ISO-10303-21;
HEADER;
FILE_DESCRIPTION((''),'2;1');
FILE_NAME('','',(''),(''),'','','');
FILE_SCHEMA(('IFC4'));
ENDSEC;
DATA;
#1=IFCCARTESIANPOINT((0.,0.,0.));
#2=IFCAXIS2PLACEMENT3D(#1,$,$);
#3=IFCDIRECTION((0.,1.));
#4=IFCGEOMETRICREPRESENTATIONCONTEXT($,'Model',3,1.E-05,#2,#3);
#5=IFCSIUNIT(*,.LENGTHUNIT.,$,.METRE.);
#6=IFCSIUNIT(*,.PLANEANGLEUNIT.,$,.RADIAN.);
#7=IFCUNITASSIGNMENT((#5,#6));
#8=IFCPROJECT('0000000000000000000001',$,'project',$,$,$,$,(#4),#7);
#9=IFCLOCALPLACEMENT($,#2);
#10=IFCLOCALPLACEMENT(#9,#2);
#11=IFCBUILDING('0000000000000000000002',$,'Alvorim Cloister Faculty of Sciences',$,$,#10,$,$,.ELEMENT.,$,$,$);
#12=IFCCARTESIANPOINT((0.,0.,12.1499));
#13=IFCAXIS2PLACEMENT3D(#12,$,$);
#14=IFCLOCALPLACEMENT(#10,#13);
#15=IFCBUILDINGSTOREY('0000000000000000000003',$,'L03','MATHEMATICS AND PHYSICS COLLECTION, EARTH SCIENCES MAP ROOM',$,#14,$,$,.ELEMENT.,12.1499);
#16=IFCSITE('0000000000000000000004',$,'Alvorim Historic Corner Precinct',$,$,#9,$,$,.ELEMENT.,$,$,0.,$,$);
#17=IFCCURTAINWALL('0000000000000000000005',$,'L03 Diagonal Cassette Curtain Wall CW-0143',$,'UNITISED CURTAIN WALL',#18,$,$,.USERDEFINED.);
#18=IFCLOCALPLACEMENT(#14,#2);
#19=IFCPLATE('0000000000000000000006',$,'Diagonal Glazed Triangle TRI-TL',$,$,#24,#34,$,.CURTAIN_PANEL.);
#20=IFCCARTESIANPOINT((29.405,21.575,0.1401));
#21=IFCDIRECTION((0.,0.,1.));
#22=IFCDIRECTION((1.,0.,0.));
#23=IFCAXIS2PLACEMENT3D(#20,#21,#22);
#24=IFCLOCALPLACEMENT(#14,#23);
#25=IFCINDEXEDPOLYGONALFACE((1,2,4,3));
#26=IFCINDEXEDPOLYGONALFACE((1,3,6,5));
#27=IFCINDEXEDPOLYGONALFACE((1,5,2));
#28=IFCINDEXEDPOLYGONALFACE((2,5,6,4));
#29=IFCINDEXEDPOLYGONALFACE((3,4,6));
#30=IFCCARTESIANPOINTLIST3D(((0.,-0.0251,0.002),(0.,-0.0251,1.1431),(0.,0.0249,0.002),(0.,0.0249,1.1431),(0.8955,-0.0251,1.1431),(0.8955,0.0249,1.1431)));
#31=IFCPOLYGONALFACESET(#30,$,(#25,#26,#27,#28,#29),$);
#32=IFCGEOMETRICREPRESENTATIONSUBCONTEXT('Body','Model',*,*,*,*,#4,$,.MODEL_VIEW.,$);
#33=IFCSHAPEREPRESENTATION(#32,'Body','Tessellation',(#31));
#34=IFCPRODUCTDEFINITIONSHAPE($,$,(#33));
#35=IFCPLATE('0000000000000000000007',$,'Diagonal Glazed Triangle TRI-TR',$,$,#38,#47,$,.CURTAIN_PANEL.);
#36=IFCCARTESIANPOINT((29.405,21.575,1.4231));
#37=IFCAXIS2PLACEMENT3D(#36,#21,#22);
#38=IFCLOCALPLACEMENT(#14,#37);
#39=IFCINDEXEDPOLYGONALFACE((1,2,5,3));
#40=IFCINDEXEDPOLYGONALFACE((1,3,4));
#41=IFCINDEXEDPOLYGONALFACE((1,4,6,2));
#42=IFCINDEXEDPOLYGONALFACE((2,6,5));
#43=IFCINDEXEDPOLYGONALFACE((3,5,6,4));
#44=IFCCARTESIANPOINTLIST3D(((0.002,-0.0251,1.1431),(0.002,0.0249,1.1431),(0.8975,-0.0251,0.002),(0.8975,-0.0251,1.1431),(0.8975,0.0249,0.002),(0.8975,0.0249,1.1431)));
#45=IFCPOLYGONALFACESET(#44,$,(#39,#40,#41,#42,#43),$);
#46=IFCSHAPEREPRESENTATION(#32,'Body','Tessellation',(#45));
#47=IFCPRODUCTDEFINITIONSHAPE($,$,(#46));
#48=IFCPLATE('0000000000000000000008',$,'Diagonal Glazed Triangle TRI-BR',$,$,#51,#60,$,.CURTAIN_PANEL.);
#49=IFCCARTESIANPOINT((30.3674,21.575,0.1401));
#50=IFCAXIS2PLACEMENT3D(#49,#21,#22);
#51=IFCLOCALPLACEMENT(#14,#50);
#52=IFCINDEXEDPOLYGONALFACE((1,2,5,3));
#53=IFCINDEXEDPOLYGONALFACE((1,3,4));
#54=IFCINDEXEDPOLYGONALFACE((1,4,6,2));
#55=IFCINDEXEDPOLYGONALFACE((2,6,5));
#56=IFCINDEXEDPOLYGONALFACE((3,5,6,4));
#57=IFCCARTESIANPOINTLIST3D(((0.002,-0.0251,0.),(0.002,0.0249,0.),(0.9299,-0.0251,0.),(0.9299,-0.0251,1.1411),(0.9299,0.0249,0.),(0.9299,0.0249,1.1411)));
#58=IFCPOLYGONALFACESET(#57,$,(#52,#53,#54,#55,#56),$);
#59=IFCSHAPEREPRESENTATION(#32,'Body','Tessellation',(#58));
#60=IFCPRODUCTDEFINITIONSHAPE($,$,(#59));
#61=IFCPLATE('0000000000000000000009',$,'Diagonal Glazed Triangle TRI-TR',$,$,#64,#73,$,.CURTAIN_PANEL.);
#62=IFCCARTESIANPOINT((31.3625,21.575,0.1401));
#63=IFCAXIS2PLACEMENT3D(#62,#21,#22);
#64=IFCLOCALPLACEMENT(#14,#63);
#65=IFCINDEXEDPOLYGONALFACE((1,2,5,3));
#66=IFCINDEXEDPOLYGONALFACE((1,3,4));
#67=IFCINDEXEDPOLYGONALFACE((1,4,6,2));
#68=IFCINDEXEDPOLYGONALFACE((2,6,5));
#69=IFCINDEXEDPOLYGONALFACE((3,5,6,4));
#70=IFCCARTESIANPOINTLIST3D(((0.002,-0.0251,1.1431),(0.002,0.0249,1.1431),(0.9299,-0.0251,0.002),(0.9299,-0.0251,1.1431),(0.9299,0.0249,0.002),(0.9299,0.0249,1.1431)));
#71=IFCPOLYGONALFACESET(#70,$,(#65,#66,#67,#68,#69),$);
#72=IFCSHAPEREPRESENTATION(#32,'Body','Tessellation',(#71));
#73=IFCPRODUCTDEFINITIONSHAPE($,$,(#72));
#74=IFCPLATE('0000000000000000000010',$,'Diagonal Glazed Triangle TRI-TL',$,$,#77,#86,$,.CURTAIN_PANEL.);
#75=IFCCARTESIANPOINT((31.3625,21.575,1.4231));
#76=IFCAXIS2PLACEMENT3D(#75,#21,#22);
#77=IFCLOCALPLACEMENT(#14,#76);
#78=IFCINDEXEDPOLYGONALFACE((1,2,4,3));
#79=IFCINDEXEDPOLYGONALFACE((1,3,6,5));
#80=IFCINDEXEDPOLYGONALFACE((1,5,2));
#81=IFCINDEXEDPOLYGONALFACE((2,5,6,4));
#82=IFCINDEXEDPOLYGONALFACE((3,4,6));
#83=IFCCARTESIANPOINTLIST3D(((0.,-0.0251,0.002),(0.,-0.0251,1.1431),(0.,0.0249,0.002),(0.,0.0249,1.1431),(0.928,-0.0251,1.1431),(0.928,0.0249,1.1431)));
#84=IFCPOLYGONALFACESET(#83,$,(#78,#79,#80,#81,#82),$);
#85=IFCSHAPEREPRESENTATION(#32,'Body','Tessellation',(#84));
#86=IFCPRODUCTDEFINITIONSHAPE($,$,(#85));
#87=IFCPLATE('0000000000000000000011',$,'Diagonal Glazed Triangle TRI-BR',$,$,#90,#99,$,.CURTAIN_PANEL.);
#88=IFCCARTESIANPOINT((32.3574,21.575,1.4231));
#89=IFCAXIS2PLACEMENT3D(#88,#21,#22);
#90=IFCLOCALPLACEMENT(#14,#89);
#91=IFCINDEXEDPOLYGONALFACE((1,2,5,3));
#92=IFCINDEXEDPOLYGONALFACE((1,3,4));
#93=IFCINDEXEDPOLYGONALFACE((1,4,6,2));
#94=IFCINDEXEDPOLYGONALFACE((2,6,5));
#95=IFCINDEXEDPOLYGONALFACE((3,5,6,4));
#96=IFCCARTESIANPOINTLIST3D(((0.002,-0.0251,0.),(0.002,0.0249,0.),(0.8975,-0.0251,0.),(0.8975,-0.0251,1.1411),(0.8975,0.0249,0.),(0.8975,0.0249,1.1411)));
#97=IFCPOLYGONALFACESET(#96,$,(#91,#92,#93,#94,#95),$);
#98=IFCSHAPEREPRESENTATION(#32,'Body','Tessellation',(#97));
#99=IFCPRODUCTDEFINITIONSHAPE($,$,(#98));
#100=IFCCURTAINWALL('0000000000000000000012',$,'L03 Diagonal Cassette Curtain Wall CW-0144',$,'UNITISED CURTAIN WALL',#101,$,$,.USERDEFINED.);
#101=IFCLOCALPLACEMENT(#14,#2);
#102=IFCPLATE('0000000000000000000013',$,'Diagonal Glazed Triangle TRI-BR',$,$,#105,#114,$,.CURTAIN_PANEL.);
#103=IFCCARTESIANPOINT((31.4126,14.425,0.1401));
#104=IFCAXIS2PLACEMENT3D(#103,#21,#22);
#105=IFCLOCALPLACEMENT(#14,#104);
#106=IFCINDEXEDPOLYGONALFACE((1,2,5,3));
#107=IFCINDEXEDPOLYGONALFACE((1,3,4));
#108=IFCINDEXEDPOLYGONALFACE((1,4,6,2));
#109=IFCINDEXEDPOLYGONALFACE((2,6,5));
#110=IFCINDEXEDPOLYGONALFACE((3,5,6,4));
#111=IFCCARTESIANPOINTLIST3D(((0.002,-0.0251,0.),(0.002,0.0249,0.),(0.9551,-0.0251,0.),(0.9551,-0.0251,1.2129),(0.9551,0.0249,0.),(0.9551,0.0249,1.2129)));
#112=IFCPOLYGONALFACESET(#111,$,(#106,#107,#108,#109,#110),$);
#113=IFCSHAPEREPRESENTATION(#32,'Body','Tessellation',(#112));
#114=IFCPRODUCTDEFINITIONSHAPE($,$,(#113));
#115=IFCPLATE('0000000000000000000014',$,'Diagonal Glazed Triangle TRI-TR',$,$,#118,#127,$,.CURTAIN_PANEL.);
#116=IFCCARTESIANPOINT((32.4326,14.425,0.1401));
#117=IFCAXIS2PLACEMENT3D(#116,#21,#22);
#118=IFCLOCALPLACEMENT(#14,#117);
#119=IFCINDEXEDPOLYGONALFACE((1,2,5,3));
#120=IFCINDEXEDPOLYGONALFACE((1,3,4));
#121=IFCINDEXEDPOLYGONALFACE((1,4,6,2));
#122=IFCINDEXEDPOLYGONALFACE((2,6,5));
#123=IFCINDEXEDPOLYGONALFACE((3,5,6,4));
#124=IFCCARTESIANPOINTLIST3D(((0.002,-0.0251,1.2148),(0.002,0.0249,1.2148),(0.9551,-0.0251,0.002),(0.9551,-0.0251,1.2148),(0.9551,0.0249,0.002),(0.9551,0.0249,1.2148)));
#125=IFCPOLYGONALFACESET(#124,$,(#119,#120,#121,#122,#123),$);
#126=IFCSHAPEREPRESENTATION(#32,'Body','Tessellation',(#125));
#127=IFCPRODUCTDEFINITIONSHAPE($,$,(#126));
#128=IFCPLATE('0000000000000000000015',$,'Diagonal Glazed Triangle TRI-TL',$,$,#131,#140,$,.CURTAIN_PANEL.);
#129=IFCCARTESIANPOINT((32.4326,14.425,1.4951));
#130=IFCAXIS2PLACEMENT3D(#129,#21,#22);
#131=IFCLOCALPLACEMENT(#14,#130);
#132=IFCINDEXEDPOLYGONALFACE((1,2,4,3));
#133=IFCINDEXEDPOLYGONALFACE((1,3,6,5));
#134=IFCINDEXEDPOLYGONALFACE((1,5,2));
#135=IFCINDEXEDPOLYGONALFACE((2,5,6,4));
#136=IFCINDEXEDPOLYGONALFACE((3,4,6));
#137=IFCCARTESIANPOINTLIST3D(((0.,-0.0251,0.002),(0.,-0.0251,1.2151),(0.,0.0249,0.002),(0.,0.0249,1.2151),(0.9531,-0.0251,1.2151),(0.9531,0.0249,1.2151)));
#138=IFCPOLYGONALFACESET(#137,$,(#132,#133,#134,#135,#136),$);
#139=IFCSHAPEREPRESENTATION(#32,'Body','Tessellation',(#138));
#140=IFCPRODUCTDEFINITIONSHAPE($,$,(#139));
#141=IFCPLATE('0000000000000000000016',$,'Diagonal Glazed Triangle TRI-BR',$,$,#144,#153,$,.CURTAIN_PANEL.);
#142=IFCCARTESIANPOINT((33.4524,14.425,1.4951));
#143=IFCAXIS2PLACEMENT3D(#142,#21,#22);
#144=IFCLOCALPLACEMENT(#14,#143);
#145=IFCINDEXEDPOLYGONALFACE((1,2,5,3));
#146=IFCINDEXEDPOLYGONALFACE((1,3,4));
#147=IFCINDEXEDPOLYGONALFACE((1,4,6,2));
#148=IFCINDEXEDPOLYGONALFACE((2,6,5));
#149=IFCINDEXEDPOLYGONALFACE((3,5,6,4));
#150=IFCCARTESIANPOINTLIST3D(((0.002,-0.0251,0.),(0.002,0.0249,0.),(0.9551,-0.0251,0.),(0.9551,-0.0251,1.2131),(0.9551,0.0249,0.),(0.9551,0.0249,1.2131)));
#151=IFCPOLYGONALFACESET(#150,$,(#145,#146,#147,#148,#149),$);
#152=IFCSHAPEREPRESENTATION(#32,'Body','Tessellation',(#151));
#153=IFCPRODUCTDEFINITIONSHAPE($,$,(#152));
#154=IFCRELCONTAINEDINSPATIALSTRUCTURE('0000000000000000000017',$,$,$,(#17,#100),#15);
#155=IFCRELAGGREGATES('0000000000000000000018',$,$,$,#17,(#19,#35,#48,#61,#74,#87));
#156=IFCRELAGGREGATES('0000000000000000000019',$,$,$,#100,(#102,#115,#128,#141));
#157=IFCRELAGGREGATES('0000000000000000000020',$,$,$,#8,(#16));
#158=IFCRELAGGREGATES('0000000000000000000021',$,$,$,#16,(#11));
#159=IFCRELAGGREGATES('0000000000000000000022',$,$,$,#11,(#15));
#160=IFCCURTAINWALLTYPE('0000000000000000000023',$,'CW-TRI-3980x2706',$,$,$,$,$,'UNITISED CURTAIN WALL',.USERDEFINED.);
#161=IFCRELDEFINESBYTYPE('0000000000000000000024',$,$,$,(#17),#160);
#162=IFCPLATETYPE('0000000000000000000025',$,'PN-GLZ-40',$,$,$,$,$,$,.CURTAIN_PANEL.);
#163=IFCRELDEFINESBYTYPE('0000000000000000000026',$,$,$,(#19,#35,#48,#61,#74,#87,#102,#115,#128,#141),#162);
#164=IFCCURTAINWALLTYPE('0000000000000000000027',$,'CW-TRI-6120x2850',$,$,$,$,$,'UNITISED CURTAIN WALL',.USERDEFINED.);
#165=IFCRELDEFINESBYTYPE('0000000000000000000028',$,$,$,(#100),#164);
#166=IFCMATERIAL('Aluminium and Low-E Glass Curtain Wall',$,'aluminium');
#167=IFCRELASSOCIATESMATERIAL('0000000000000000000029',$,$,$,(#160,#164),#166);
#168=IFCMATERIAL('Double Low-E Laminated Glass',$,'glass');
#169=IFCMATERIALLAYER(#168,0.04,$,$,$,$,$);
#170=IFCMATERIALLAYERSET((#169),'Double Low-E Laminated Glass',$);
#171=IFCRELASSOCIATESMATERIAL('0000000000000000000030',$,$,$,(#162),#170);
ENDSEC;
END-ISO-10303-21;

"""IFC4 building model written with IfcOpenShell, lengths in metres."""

from ifc_helpers import new_model, si_unit, direction, frame, origin, place, context, subcontext, project, spatial, polyline, outline, extrude, material, layer, layer_set, type_object, element, aggregate, save


model = new_model("IFC4")

# Units and contexts
model_context = context("Model", 3, precision=1e-05, world=origin(), true_north=direction((0.0, 1.0)))
body_context = subcontext(model_context, "Body", "Model", "MODEL_VIEW")
ifc_project = project(units=[si_unit("LENGTHUNIT", "METRE"), si_unit("PLANEANGLEUNIT", "RADIAN")], contexts=[model_context])

# Site, building, storey
site_placement = place(None, origin())
site = spatial("IfcSite", under=ifc_project, at=site_placement, Name="Alvorim Historic Corner Precinct", CompositionType="ELEMENT", RefElevation=0.0)
building_placement = place(site_placement, origin())
building = spatial("IfcBuilding", under=site, at=building_placement, Name="Alvorim Cloister Faculty of Sciences", CompositionType="ELEMENT")
storey_placement = place(building_placement, frame((0.0, 0.0, 12.1499)))
storey = spatial("IfcBuildingStorey", under=building, at=storey_placement, Name="L03", Description="MATHEMATICS AND PHYSICS COLLECTION, EARTH SCIENCES MAP ROOM", CompositionType="ELEMENT", Elevation=12.1499)

# Curtain wall, plates
ifc_material_1 = material(Name="Aluminium and Low-E Glass Curtain Wall", Category="aluminium")
curtain_wall_type_1 = type_object("IfcCurtainWallType", Name="CW-TRI-3980x2706", ElementType="UNITISED CURTAIN WALL", PredefinedType="USERDEFINED", material=ifc_material_1)
curtain_wall_1_placement = place(storey_placement, origin())
curtain_wall_1 = element("IfcCurtainWall", 1, at=curtain_wall_1_placement, inside=storey, type_object=curtain_wall_type_1, Name="L03 Diagonal Cassette Curtain Wall CW-0143", ObjectType="UNITISED CURTAIN WALL", PredefinedType="USERDEFINED")
ifc_material_2 = material(Name="Double Low-E Laminated Glass", Category="glass")
ifc_layer_1 = layer(ifc_material_2, 0.04)
ifc_layer_set_1 = layer_set([ifc_layer_1], Name="Double Low-E Laminated Glass")
plate_type = type_object("IfcPlateType", Name="PN-GLZ-40", PredefinedType="CURTAIN_PANEL", material=ifc_layer_set_1)
plate_1_placement = place(storey_placement, frame((29.405, 21.575, 0.1401), z_axis=(0.0, 0.0, 1.0), x_axis=(1.0, 0.0, 0.0)))
plate_1 = element("IfcPlate", 2, at=plate_1_placement, type_object=plate_type, Name="Diagonal Glazed Triangle TRI-TL", PredefinedType="CURTAIN_PANEL", context=body_context, shape_type="SweptSolid", body=[
    extrude(outline(polyline([(0.8955, 1.1431), (0.0, 1.1431), (0.0, 0.002), (0.8955, 1.1431)])), frame((0.0, 0.0249, 0.0), z_axis=(0.0, -1.0, 0.0), x_axis=(1.0, 0.0, 0.0)), (0.0, 0.0, 1.0), 0.05),
])
plate_2_placement = place(storey_placement, frame((29.405, 21.575, 1.4231), z_axis=(0.0, 0.0, 1.0), x_axis=(1.0, 0.0, 0.0)))
plate_2 = element("IfcPlate", 3, at=plate_2_placement, type_object=plate_type, Name="Diagonal Glazed Triangle TRI-TR", PredefinedType="CURTAIN_PANEL", context=body_context, shape_type="SweptSolid", body=[
    extrude(outline(polyline([(0.8975, 0.002), (0.8975, 1.1431), (0.002, 1.1431), (0.8975, 0.002)])), frame((0.0, 0.0249, 0.0), z_axis=(0.0, -1.0, 0.0), x_axis=(1.0, 0.0, 0.0)), (0.0, 0.0, 1.0), 0.05),
])
plate_3_placement = place(storey_placement, frame((30.3674, 21.575, 0.1401), z_axis=(0.0, 0.0, 1.0), x_axis=(1.0, 0.0, 0.0)))
plate_3 = element("IfcPlate", 4, at=plate_3_placement, type_object=plate_type, Name="Diagonal Glazed Triangle TRI-BR", PredefinedType="CURTAIN_PANEL", context=body_context, shape_type="SweptSolid", body=[
    extrude(outline(polyline([(0.002, 0.0), (0.9299, 0.0), (0.9299, 1.1411), (0.002, 0.0)])), frame((0.0, 0.0249, 0.0), z_axis=(0.0, -1.0, 0.0), x_axis=(1.0, 0.0, 0.0)), (0.0, 0.0, 1.0), 0.05),
])
plate_4_placement = place(storey_placement, frame((31.3625, 21.575, 0.1401), z_axis=(0.0, 0.0, 1.0), x_axis=(1.0, 0.0, 0.0)))
plate_4 = element("IfcPlate", 5, at=plate_4_placement, type_object=plate_type, Name="Diagonal Glazed Triangle TRI-TR", PredefinedType="CURTAIN_PANEL", context=body_context, shape_type="SweptSolid", body=[
    extrude(outline(polyline([(0.9299, 0.002), (0.9299, 1.1431), (0.002, 1.1431), (0.9299, 0.002)])), frame((0.0, 0.0249, 0.0), z_axis=(0.0, -1.0, 0.0), x_axis=(1.0, 0.0, 0.0)), (0.0, 0.0, 1.0), 0.05),
])
plate_5_placement = place(storey_placement, frame((31.3625, 21.575, 1.4231), z_axis=(0.0, 0.0, 1.0), x_axis=(1.0, 0.0, 0.0)))
plate_5 = element("IfcPlate", 6, at=plate_5_placement, type_object=plate_type, Name="Diagonal Glazed Triangle TRI-TL", PredefinedType="CURTAIN_PANEL", context=body_context, shape_type="SweptSolid", body=[
    extrude(outline(polyline([(0.928, 1.1431), (0.0, 1.1431), (0.0, 0.002), (0.928, 1.1431)])), frame((0.0, 0.0249, 0.0), z_axis=(0.0, -1.0, 0.0), x_axis=(1.0, 0.0, 0.0)), (0.0, 0.0, 1.0), 0.05),
])
plate_6_placement = place(storey_placement, frame((32.3574, 21.575, 1.4231), z_axis=(0.0, 0.0, 1.0), x_axis=(1.0, 0.0, 0.0)))
plate_6 = element("IfcPlate", 7, at=plate_6_placement, type_object=plate_type, Name="Diagonal Glazed Triangle TRI-BR", PredefinedType="CURTAIN_PANEL", context=body_context, shape_type="SweptSolid", body=[
    extrude(outline(polyline([(0.002, 0.0), (0.8975, 0.0), (0.8975, 1.1411), (0.002, 0.0)])), frame((0.0, 0.0249, 0.0), z_axis=(0.0, -1.0, 0.0), x_axis=(1.0, 0.0, 0.0)), (0.0, 0.0, 1.0), 0.05),
])
aggregate(curtain_wall_1, [plate_1, plate_2, plate_3, plate_4, plate_5, plate_6])

# Curtain wall, plates
curtain_wall_type_2 = type_object("IfcCurtainWallType", Name="CW-TRI-6120x2850", ElementType="UNITISED CURTAIN WALL", PredefinedType="USERDEFINED", material=ifc_material_1)
curtain_wall_2_placement = place(storey_placement, origin())
curtain_wall_2 = element("IfcCurtainWall", 8, at=curtain_wall_2_placement, inside=storey, type_object=curtain_wall_type_2, Name="L03 Diagonal Cassette Curtain Wall CW-0144", ObjectType="UNITISED CURTAIN WALL", PredefinedType="USERDEFINED")
plate_7_placement = place(storey_placement, frame((31.4126, 14.425, 0.1401), z_axis=(0.0, 0.0, 1.0), x_axis=(1.0, 0.0, 0.0)))
plate_7 = element("IfcPlate", 9, at=plate_7_placement, type_object=plate_type, Name="Diagonal Glazed Triangle TRI-BR", PredefinedType="CURTAIN_PANEL", context=body_context, shape_type="SweptSolid", body=[
    extrude(outline(polyline([(0.002, 0.0), (0.9551, 0.0), (0.9551, 1.2129), (0.002, 0.0)])), frame((0.0, 0.0249, 0.0), z_axis=(0.0, -1.0, 0.0), x_axis=(1.0, 0.0, 0.0)), (0.0, 0.0, 1.0), 0.05),
])
plate_8_placement = place(storey_placement, frame((32.4326, 14.425, 0.1401), z_axis=(0.0, 0.0, 1.0), x_axis=(1.0, 0.0, 0.0)))
plate_8 = element("IfcPlate", 10, at=plate_8_placement, type_object=plate_type, Name="Diagonal Glazed Triangle TRI-TR", PredefinedType="CURTAIN_PANEL", context=body_context, shape_type="SweptSolid", body=[
    extrude(outline(polyline([(0.9551, 0.002), (0.9551, 1.2148), (0.002, 1.2148), (0.9551, 0.002)])), frame((0.0, 0.0249, 0.0), z_axis=(0.0, -1.0, 0.0), x_axis=(1.0, 0.0, 0.0)), (0.0, 0.0, 1.0), 0.05),
])
plate_9_placement = place(storey_placement, frame((32.4326, 14.425, 1.4951), z_axis=(0.0, 0.0, 1.0), x_axis=(1.0, 0.0, 0.0)))
plate_9 = element("IfcPlate", 11, at=plate_9_placement, type_object=plate_type, Name="Diagonal Glazed Triangle TRI-TL", PredefinedType="CURTAIN_PANEL", context=body_context, shape_type="SweptSolid", body=[
    extrude(outline(polyline([(0.9531, 1.2151), (0.0, 1.2151), (0.0, 0.002), (0.9531, 1.2151)])), frame((0.0, 0.0249, 0.0), z_axis=(0.0, -1.0, 0.0), x_axis=(1.0, 0.0, 0.0)), (0.0, 0.0, 1.0), 0.05),
])
plate_10_placement = place(storey_placement, frame((33.4524, 14.425, 1.4951), z_axis=(0.0, 0.0, 1.0), x_axis=(1.0, 0.0, 0.0)))
plate_10 = element("IfcPlate", 12, at=plate_10_placement, type_object=plate_type, Name="Diagonal Glazed Triangle TRI-BR", PredefinedType="CURTAIN_PANEL", context=body_context, shape_type="SweptSolid", body=[
    extrude(outline(polyline([(0.002, 0.0), (0.9551, 0.0), (0.9551, 1.2131), (0.002, 0.0)])), frame((0.0, 0.0249, 0.0), z_axis=(0.0, -1.0, 0.0), x_axis=(1.0, 0.0, 0.0)), (0.0, 0.0, 1.0), 0.05),
])
aggregate(curtain_wall_2, [plate_7, plate_8, plate_9, plate_10])

save(model, "model.ifc")
